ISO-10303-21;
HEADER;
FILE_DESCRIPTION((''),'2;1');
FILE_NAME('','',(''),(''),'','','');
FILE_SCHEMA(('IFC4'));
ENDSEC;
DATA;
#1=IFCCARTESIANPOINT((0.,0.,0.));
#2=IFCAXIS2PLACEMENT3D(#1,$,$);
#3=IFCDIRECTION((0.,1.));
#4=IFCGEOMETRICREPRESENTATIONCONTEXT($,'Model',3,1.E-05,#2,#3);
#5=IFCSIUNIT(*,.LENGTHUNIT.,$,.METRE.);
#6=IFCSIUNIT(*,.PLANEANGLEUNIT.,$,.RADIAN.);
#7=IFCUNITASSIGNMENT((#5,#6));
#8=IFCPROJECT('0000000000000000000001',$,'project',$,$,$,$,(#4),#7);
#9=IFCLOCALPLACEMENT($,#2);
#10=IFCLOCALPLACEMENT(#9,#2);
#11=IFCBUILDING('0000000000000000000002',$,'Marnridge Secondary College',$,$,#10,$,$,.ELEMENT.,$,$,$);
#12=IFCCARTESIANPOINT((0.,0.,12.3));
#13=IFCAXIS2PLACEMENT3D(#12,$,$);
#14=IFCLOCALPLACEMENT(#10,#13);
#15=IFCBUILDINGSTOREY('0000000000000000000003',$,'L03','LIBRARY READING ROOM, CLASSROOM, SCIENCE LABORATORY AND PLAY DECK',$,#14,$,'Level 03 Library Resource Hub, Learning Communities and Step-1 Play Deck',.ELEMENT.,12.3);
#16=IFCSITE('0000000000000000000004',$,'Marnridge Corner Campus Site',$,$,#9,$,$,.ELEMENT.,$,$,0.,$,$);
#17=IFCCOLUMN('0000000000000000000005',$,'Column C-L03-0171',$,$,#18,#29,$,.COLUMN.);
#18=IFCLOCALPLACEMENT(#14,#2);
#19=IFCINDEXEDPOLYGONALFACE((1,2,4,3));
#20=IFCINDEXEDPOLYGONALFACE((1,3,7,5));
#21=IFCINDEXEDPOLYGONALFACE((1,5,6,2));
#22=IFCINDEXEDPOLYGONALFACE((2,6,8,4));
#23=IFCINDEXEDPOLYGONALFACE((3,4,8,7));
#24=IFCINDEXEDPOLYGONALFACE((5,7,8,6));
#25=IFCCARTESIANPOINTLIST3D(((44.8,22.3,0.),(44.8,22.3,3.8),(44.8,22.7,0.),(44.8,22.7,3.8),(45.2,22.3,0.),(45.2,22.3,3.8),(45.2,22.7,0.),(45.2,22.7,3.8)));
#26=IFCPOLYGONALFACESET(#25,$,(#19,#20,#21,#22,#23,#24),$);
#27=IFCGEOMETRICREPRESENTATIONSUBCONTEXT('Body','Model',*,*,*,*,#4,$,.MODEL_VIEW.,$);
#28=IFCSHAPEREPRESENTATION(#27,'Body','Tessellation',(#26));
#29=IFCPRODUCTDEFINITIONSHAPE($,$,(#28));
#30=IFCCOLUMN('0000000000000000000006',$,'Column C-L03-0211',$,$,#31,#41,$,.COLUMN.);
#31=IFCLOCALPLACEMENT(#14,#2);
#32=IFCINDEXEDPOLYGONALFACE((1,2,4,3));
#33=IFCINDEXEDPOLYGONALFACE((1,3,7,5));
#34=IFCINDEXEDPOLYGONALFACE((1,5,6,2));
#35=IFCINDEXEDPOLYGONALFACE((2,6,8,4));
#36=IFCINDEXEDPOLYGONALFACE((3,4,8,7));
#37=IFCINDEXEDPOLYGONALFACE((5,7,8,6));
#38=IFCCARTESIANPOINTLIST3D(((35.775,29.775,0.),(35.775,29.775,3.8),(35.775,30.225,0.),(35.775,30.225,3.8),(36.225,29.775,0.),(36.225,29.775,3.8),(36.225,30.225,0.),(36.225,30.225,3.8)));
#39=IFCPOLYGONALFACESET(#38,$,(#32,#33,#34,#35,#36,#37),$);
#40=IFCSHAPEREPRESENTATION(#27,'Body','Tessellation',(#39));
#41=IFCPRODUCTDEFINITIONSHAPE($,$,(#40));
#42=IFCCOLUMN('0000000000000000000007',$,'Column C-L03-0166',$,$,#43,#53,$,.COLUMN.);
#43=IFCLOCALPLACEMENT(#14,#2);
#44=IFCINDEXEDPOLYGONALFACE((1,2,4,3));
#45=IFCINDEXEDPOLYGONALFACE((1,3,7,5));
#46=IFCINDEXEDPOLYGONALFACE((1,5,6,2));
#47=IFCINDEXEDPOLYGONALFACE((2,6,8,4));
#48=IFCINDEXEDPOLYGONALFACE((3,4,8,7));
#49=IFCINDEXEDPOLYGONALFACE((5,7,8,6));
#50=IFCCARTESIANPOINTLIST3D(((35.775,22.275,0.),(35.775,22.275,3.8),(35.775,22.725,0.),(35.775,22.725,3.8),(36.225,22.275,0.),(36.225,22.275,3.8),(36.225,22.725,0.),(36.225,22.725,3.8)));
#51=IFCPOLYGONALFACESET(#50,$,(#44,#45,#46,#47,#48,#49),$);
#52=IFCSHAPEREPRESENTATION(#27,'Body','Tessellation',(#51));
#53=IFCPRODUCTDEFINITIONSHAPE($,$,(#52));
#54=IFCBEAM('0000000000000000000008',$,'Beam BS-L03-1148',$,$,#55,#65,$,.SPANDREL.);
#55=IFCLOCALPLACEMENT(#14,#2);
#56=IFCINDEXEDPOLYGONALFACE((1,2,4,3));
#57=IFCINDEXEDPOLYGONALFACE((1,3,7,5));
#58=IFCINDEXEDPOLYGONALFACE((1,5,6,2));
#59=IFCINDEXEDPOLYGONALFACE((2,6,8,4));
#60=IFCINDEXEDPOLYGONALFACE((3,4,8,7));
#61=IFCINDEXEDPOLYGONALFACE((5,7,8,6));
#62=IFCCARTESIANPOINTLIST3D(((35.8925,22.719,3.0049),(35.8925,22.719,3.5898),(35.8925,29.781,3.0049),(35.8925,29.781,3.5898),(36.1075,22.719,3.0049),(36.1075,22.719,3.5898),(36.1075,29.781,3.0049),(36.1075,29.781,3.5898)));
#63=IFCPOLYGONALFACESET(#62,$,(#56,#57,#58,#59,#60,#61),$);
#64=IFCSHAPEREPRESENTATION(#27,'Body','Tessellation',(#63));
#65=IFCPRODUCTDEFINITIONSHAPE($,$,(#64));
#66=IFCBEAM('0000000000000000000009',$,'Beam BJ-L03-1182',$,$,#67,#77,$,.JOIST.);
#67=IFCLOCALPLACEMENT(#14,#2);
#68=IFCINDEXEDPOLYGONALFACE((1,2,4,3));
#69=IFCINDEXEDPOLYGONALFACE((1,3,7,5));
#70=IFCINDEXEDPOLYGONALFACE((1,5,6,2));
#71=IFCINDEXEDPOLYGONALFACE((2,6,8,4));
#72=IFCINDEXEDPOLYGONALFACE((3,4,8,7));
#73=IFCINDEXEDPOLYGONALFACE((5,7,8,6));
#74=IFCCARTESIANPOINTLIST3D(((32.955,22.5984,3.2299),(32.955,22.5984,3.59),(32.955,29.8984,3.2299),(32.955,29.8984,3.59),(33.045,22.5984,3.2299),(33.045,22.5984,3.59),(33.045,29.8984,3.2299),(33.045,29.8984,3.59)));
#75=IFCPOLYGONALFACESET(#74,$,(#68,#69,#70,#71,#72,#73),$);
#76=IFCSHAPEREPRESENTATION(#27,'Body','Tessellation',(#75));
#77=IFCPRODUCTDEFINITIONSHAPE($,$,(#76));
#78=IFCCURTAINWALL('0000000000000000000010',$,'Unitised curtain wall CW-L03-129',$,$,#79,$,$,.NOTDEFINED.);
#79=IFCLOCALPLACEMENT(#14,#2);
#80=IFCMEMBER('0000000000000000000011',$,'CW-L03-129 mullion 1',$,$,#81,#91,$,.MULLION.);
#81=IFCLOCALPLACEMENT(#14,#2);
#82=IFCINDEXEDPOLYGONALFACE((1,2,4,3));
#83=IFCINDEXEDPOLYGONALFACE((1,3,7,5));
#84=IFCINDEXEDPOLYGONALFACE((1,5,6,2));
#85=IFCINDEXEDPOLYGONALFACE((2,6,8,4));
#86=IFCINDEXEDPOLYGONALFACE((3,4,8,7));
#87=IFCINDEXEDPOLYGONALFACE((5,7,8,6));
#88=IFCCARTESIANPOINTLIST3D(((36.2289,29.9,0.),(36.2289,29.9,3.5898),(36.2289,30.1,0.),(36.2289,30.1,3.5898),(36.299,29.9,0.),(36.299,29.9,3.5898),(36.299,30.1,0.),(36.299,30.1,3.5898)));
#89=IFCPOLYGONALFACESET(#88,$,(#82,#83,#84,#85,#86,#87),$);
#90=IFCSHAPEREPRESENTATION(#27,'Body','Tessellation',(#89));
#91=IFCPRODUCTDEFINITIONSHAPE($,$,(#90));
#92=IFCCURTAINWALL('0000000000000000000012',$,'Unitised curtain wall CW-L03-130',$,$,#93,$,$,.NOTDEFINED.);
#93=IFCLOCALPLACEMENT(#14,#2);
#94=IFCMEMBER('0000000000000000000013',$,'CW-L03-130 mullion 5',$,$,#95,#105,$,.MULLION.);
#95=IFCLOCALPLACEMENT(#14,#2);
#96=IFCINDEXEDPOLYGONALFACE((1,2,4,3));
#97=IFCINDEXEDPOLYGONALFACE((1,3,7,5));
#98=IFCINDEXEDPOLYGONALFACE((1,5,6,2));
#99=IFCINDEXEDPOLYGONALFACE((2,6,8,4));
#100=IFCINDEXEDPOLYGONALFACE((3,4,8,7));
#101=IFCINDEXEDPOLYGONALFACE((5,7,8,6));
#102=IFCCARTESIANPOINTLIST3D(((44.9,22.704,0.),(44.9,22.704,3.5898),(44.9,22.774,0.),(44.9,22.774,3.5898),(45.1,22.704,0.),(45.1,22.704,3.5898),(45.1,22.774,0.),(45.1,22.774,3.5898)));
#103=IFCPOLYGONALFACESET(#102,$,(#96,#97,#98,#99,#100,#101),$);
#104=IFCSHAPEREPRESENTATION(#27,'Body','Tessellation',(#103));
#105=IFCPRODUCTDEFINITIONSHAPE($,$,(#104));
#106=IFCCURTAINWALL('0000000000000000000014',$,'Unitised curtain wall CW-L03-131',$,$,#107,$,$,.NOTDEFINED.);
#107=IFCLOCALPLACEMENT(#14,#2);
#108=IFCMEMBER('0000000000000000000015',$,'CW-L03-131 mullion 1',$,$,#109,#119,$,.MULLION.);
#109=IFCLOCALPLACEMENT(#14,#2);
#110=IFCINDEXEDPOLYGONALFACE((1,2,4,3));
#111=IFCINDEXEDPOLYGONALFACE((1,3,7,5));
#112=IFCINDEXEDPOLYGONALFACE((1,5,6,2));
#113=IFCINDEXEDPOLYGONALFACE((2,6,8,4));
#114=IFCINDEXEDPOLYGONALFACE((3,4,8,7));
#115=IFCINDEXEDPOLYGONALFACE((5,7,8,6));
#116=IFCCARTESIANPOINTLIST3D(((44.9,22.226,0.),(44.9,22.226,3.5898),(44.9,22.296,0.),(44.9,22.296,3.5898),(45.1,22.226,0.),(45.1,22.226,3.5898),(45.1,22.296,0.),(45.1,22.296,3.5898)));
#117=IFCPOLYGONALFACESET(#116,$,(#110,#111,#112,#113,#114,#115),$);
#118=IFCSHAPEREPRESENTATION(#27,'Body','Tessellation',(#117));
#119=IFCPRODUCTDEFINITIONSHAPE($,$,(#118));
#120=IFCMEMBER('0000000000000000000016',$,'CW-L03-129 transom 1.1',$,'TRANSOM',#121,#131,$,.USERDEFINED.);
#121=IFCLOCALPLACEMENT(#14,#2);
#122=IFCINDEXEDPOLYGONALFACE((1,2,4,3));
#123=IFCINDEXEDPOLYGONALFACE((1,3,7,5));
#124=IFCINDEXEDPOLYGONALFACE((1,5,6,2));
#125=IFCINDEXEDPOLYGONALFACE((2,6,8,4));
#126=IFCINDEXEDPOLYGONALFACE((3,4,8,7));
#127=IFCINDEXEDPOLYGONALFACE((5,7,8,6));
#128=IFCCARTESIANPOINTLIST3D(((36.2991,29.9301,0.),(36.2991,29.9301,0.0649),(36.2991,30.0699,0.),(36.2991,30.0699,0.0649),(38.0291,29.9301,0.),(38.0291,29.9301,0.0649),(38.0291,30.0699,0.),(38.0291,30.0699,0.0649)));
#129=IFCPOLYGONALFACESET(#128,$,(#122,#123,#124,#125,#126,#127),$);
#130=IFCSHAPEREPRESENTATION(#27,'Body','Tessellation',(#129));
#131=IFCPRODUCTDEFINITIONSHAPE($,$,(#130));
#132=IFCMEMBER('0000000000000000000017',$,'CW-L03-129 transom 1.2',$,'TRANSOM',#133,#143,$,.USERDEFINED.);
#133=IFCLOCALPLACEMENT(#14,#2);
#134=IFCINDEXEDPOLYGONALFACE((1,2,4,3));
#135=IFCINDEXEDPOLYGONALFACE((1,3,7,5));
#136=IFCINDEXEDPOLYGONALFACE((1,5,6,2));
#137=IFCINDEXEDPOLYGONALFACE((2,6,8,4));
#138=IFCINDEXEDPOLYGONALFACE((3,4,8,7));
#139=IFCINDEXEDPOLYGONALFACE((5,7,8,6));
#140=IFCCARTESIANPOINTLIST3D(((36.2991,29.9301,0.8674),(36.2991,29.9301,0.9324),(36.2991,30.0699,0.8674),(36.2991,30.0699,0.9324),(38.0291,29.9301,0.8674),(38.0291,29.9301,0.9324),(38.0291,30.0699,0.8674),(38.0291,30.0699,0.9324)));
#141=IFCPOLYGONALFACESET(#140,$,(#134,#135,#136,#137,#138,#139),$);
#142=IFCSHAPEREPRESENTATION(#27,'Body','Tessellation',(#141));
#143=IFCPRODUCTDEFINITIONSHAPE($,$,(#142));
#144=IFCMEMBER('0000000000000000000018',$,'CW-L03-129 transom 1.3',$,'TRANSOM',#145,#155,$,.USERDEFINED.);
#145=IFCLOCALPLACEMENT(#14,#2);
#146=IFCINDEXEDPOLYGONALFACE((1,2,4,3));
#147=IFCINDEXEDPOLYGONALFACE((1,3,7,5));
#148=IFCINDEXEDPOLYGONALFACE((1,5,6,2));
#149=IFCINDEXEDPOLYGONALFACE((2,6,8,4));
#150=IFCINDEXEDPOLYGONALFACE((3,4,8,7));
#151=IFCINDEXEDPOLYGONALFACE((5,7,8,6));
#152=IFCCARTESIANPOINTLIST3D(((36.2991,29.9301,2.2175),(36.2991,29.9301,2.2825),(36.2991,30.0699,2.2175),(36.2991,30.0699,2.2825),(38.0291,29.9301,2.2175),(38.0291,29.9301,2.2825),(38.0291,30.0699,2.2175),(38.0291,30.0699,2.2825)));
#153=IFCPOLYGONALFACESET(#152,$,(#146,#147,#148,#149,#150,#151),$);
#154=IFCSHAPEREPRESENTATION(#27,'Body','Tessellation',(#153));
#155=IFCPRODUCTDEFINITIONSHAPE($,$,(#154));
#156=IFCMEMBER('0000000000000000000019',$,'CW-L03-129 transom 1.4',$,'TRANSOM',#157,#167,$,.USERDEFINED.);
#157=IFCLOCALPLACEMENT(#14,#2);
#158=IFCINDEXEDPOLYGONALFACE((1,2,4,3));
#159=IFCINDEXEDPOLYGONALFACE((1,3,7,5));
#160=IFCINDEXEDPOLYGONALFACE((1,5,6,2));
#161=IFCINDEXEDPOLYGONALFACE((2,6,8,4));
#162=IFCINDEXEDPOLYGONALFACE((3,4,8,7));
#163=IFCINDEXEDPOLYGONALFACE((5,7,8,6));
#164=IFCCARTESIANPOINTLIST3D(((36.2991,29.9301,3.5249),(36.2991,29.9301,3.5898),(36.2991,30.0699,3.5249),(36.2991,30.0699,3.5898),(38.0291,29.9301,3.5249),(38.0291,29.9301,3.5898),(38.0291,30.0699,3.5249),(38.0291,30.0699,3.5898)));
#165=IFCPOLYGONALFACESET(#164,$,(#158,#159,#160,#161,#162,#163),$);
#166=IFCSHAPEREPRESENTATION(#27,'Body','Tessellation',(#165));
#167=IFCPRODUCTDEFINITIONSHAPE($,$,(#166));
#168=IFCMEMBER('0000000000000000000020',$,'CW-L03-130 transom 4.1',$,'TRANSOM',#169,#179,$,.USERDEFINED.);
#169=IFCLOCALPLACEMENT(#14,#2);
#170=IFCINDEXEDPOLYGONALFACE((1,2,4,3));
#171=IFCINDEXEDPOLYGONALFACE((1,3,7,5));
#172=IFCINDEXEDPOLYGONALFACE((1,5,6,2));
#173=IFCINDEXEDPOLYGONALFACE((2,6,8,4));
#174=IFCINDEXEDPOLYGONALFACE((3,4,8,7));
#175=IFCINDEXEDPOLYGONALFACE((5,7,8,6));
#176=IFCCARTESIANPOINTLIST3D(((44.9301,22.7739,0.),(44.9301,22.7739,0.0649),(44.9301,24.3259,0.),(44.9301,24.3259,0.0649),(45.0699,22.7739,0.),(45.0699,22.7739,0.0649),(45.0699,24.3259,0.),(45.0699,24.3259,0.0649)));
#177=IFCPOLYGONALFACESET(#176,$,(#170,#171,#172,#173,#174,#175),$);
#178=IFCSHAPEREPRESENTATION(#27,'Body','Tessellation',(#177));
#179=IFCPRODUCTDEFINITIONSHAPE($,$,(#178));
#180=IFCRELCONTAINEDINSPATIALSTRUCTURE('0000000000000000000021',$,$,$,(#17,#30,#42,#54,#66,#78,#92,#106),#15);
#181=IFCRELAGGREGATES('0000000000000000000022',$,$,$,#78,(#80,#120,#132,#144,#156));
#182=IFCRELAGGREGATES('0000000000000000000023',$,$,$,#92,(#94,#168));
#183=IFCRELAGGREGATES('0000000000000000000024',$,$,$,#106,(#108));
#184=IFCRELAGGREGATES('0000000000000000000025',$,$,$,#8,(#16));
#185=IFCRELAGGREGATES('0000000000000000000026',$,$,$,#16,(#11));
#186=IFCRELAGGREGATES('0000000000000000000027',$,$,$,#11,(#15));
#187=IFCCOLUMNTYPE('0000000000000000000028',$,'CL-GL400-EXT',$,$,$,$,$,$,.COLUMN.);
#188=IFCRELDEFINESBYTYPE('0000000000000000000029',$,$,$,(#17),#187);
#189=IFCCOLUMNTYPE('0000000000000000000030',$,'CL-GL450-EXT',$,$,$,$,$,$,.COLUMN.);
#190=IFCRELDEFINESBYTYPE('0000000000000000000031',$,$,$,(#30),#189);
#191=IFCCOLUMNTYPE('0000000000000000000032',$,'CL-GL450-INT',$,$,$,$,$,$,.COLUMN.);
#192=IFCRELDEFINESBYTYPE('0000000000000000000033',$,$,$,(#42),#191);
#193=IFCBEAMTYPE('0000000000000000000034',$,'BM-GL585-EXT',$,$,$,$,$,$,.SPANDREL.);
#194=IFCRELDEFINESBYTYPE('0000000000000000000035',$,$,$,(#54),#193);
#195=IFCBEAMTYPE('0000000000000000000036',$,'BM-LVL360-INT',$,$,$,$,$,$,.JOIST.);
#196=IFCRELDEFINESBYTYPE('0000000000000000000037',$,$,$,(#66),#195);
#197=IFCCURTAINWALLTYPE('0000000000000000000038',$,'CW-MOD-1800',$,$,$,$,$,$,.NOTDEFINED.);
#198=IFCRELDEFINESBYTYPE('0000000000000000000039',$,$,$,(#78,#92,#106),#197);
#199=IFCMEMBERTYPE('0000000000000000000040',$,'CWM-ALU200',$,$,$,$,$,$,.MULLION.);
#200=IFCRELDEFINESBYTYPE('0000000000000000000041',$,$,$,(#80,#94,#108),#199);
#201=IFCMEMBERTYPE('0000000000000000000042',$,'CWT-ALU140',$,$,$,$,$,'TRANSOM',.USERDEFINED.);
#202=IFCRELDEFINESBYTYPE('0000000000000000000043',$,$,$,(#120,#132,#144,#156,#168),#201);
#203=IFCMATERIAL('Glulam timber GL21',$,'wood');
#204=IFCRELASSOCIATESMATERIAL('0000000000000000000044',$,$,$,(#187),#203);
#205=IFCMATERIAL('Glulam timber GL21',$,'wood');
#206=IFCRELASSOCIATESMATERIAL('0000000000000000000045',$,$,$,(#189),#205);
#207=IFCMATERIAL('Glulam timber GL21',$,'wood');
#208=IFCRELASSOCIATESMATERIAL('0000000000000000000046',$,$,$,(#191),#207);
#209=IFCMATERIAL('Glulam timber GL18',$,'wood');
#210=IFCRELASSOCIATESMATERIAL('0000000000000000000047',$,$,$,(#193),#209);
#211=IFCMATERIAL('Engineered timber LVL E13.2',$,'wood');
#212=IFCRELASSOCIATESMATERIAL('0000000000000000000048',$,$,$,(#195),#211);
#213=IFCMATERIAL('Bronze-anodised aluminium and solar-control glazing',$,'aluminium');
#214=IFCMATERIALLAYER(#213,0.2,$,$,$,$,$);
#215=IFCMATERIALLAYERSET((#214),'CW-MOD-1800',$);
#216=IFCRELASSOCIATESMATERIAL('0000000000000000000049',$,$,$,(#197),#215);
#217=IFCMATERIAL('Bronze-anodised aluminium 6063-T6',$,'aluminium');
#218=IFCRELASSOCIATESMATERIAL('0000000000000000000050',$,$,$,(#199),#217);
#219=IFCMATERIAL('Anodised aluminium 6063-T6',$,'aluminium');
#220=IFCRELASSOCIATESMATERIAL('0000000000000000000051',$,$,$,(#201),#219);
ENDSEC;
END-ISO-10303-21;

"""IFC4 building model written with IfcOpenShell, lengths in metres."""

from ifc_helpers import new_model, si_unit, direction, frame, origin, origin_2d, place, context, subcontext, project, spatial, rectangle, extrude, material, layer, layer_set, material_profile, profile_set, type_object, element, aggregate, save


model = new_model("IFC4")

# Units and contexts
model_context = context("Model", 3, precision=1e-05, world=origin(), true_north=direction((0.0, 1.0)))
body_context = subcontext(model_context, "Body", "Model", "MODEL_VIEW")
ifc_project = project(units=[si_unit("LENGTHUNIT", "METRE"), si_unit("PLANEANGLEUNIT", "RADIAN")], contexts=[model_context])

# Site, building, storey
site_placement = place(None, origin())
site = spatial("IfcSite", under=ifc_project, at=site_placement, Name="Marnridge Corner Campus Site", CompositionType="ELEMENT", RefElevation=0.0)
building_placement = place(site_placement, origin())
building = spatial("IfcBuilding", under=site, at=building_placement, Name="Marnridge Secondary College", CompositionType="ELEMENT")
storey_placement = place(building_placement, frame((0.0, 0.0, 12.3)))
storey = spatial("IfcBuildingStorey", under=building, at=storey_placement, Name="L03", Description="LIBRARY READING ROOM, CLASSROOM, SCIENCE LABORATORY AND PLAY DECK", LongName="Level 03 Library Resource Hub, Learning Communities and Step-1 Play Deck", CompositionType="ELEMENT", Elevation=12.3)

# Columns
ifc_material_1 = material(Name="Glulam timber GL21", Category="wood")
ifc_material_profile_1 = material_profile(ifc_material_1, rectangle(XDim=0.3999, YDim=0.3999, at=origin_2d()), Name="GL21 400x400")
ifc_profile_set_1 = profile_set([ifc_material_profile_1], Name="Glulam timber GL21")
column_type_1 = type_object("IfcColumnType", Name="CL-GL400-EXT", PredefinedType="COLUMN", material=ifc_profile_set_1)
column_1_placement = place(storey_placement, frame((45.0, 22.5, 0.0), z_axis=(0.0, 0.0, 1.0), x_axis=(1.0, 0.0, 0.0)))
element("IfcColumn", 1, at=column_1_placement, inside=storey, type_object=column_type_1, Name="Column C-L03-0171", PredefinedType="COLUMN", context=body_context, shape_type="SweptSolid", body=[
    extrude(rectangle(XDim=0.3999, YDim=0.3999, at=origin_2d()), origin(), (0.0, 0.0, 1.0), 3.8),
])
ifc_material_2 = material(Name="Glulam timber GL21", Category="wood")
ifc_material_profile_2 = material_profile(ifc_material_2, rectangle(XDim=0.45, YDim=0.45, at=origin_2d()), Name="GL21 450x450")
ifc_profile_set_2 = profile_set([ifc_material_profile_2], Name="Glulam timber GL21")
column_type_2 = type_object("IfcColumnType", Name="CL-GL450-EXT", PredefinedType="COLUMN", material=ifc_profile_set_2)
column_2_placement = place(storey_placement, frame((36.0, 30.0, 0.0), z_axis=(0.0, 0.0, 1.0), x_axis=(1.0, 0.0, 0.0)))
element("IfcColumn", 2, at=column_2_placement, inside=storey, type_object=column_type_2, Name="Column C-L03-0211", PredefinedType="COLUMN", context=body_context, shape_type="SweptSolid", body=[
    extrude(rectangle(XDim=0.45, YDim=0.45, at=origin_2d()), origin(), (0.0, 0.0, 1.0), 3.8),
])
ifc_material_3 = material(Name="Glulam timber GL21", Category="wood")
ifc_material_profile_3 = material_profile(ifc_material_3, rectangle(XDim=0.45, YDim=0.45, at=origin_2d()), Name="GL21 450x450")
ifc_profile_set_3 = profile_set([ifc_material_profile_3], Name="Glulam timber GL21")
column_type_3 = type_object("IfcColumnType", Name="CL-GL450-INT", PredefinedType="COLUMN", material=ifc_profile_set_3)
column_3_placement = place(storey_placement, frame((36.0, 22.5, 0.0), z_axis=(0.0, 0.0, 1.0), x_axis=(1.0, 0.0, 0.0)))
element("IfcColumn", 3, at=column_3_placement, inside=storey, type_object=column_type_3, Name="Column C-L03-0166", PredefinedType="COLUMN", context=body_context, shape_type="SweptSolid", body=[
    extrude(rectangle(XDim=0.45, YDim=0.45, at=origin_2d()), origin(), (0.0, 0.0, 1.0), 3.8),
])

# Beams
ifc_material_4 = material(Name="Glulam timber GL18", Category="wood")
ifc_material_profile_4 = material_profile(ifc_material_4, rectangle(XDim=0.2151, YDim=0.585, at=origin_2d()), Name="GL18 215x585")
ifc_profile_set_4 = profile_set([ifc_material_profile_4], Name="Glulam timber GL18")
beam_type_1 = type_object("IfcBeamType", Name="BM-GL585-EXT", PredefinedType="SPANDREL", material=ifc_profile_set_4)
beam_1_placement = place(storey_placement, frame((36.0, 22.719, 3.2974), z_axis=(0.0, 1.0, 0.0), x_axis=(-1.0, 0.0, 0.0)))
element("IfcBeam", 4, at=beam_1_placement, inside=storey, type_object=beam_type_1, Name="Beam BS-L03-1148", PredefinedType="SPANDREL", context=body_context, shape_type="SweptSolid", body=[
    extrude(rectangle(XDim=0.2151, YDim=0.585, at=origin_2d()), origin(), (0.0, 0.0, 1.0), 7.062),
])
ifc_material_5 = material(Name="Engineered timber LVL E13.2", Category="wood")
ifc_material_profile_5 = material_profile(ifc_material_5, rectangle(XDim=0.0901, YDim=0.3601, at=origin_2d()), Name="LVL 90x360")
ifc_profile_set_5 = profile_set([ifc_material_profile_5], Name="Engineered timber LVL E13.2")
beam_type_2 = type_object("IfcBeamType", Name="BM-LVL360-INT", PredefinedType="JOIST", material=ifc_profile_set_5)
beam_2_placement = place(storey_placement, frame((33.0, 22.5984, 3.4099), z_axis=(0.0, 1.0, 0.0), x_axis=(-1.0, 0.0, 0.0)))
element("IfcBeam", 5, at=beam_2_placement, inside=storey, type_object=beam_type_2, Name="Beam BJ-L03-1182", PredefinedType="JOIST", context=body_context, shape_type="SweptSolid", body=[
    extrude(rectangle(XDim=0.0901, YDim=0.3601, at=origin_2d()), origin(), (0.0, 0.0, 1.0), 7.3),
])

# Curtain walls, members
ifc_material_6 = material(Name="Bronze-anodised aluminium and solar-control glazing", Category="aluminium")
ifc_layer_1 = layer(ifc_material_6, 0.2)
ifc_layer_set_1 = layer_set([ifc_layer_1], Name="CW-MOD-1800")
curtain_wall_type = type_object("IfcCurtainWallType", Name="CW-MOD-1800", PredefinedType="NOTDEFINED", material=ifc_layer_set_1)
curtain_wall_1_placement = place(storey_placement, origin())
curtain_wall_1 = element("IfcCurtainWall", 6, at=curtain_wall_1_placement, inside=storey, type_object=curtain_wall_type, Name="Unitised curtain wall CW-L03-129", PredefinedType="NOTDEFINED")
ifc_material_7 = material(Name="Bronze-anodised aluminium 6063-T6", Category="aluminium")
ifc_material_profile_6 = material_profile(ifc_material_7, rectangle(XDim=0.0701, YDim=0.2, at=origin_2d()), Name="ALU 70x200")
ifc_profile_set_6 = profile_set([ifc_material_profile_6], Name="Bronze-anodised aluminium 6063-T6")
member_type_1 = type_object("IfcMemberType", Name="CWM-ALU200", PredefinedType="MULLION", material=ifc_profile_set_6)
member_1_placement = place(storey_placement, frame((36.2639, 30.0, 0.0), z_axis=(0.0, 0.0, 1.0), x_axis=(1.0, 0.0, 0.0)))
member_1 = element("IfcMember", 7, at=member_1_placement, type_object=member_type_1, Name="CW-L03-129 mullion 1", PredefinedType="MULLION", context=body_context, shape_type="SweptSolid", body=[
    extrude(rectangle(XDim=0.0701, YDim=0.2, at=origin_2d()), origin(), (0.0, 0.0, 1.0), 3.5898),
])
curtain_wall_2_placement = place(storey_placement, origin())
curtain_wall_2 = element("IfcCurtainWall", 8, at=curtain_wall_2_placement, inside=storey, type_object=curtain_wall_type, Name="Unitised curtain wall CW-L03-130", PredefinedType="NOTDEFINED")
member_2_placement = place(storey_placement, frame((45.0, 22.739, 0.0), z_axis=(0.0, 0.0, 1.0), x_axis=(0.0, -1.0, 0.0)))
member_2 = element("IfcMember", 9, at=member_2_placement, type_object=member_type_1, Name="CW-L03-130 mullion 5", PredefinedType="MULLION", context=body_context, shape_type="SweptSolid", body=[
    extrude(rectangle(XDim=0.0701, YDim=0.2, at=origin_2d()), origin(), (0.0, 0.0, 1.0), 3.5898),
])
curtain_wall_3_placement = place(storey_placement, origin())
curtain_wall_3 = element("IfcCurtainWall", 10, at=curtain_wall_3_placement, inside=storey, type_object=curtain_wall_type, Name="Unitised curtain wall CW-L03-131", PredefinedType="NOTDEFINED")
member_3_placement = place(storey_placement, frame((45.0, 22.261, 0.0), z_axis=(0.0, 0.0, 1.0), x_axis=(0.0, -1.0, 0.0)))
member_3 = element("IfcMember", 11, at=member_3_placement, type_object=member_type_1, Name="CW-L03-131 mullion 1", PredefinedType="MULLION", context=body_context, shape_type="SweptSolid", body=[
    extrude(rectangle(XDim=0.0701, YDim=0.2, at=origin_2d()), origin(), (0.0, 0.0, 1.0), 3.5898),
])

# Members
ifc_material_8 = material(Name="Anodised aluminium 6063-T6", Category="aluminium")
ifc_material_profile_7 = material_profile(ifc_material_8, rectangle(XDim=0.0649, YDim=0.1399, at=origin_2d()), Name="ALU 65x140")
ifc_profile_set_7 = profile_set([ifc_material_profile_7], Name="Anodised aluminium 6063-T6")
member_type_2 = type_object("IfcMemberType", Name="CWT-ALU140", ElementType="TRANSOM", PredefinedType="USERDEFINED", material=ifc_profile_set_7)
member_4_placement = place(storey_placement, frame((36.2991, 30.0, 0.0325), z_axis=(1.0, 0.0, 0.0), x_axis=(0.0, 0.0, 1.0)))
member_4 = element("IfcMember", 12, at=member_4_placement, type_object=member_type_2, Name="CW-L03-129 transom 1.1", ObjectType="TRANSOM", PredefinedType="USERDEFINED", context=body_context, shape_type="SweptSolid", body=[
    extrude(rectangle(XDim=0.0649, YDim=0.1399, at=origin_2d()), origin(), (0.0, 0.0, 1.0), 1.73),
])
member_5_placement = place(storey_placement, frame((36.2991, 30.0, 0.8999), z_axis=(1.0, 0.0, 0.0), x_axis=(0.0, 0.0, 1.0)))
member_5 = element("IfcMember", 13, at=member_5_placement, type_object=member_type_2, Name="CW-L03-129 transom 1.2", ObjectType="TRANSOM", PredefinedType="USERDEFINED", context=body_context, shape_type="SweptSolid", body=[
    extrude(rectangle(XDim=0.0649, YDim=0.1399, at=origin_2d()), origin(), (0.0, 0.0, 1.0), 1.73),
])
member_6_placement = place(storey_placement, frame((36.2991, 30.0, 2.25), z_axis=(1.0, 0.0, 0.0), x_axis=(0.0, 0.0, 1.0)))
member_6 = element("IfcMember", 14, at=member_6_placement, type_object=member_type_2, Name="CW-L03-129 transom 1.3", ObjectType="TRANSOM", PredefinedType="USERDEFINED", context=body_context, shape_type="SweptSolid", body=[
    extrude(rectangle(XDim=0.0649, YDim=0.1399, at=origin_2d()), origin(), (0.0, 0.0, 1.0), 1.73),
])
member_7_placement = place(storey_placement, frame((36.2991, 30.0, 3.5574), z_axis=(1.0, 0.0, 0.0), x_axis=(0.0, 0.0, 1.0)))
member_7 = element("IfcMember", 15, at=member_7_placement, type_object=member_type_2, Name="CW-L03-129 transom 1.4", ObjectType="TRANSOM", PredefinedType="USERDEFINED", context=body_context, shape_type="SweptSolid", body=[
    extrude(rectangle(XDim=0.0649, YDim=0.1399, at=origin_2d()), origin(), (0.0, 0.0, 1.0), 1.73),
])
member_8_placement = place(storey_placement, frame((45.0, 24.3259, 0.0325), z_axis=(0.0, -1.0, 0.0), x_axis=(0.0, 0.0, 1.0)))
member_8 = element("IfcMember", 16, at=member_8_placement, type_object=member_type_2, Name="CW-L03-130 transom 4.1", ObjectType="TRANSOM", PredefinedType="USERDEFINED", context=body_context, shape_type="SweptSolid", body=[
    extrude(rectangle(XDim=0.0649, YDim=0.1399, at=origin_2d()), origin(), (0.0, 0.0, 1.0), 1.552),
])

aggregate(curtain_wall_1, [member_1, member_4, member_5, member_6, member_7])
aggregate(curtain_wall_2, [member_2, member_8])
aggregate(curtain_wall_3, [member_3])

save(model, "model.ifc")
